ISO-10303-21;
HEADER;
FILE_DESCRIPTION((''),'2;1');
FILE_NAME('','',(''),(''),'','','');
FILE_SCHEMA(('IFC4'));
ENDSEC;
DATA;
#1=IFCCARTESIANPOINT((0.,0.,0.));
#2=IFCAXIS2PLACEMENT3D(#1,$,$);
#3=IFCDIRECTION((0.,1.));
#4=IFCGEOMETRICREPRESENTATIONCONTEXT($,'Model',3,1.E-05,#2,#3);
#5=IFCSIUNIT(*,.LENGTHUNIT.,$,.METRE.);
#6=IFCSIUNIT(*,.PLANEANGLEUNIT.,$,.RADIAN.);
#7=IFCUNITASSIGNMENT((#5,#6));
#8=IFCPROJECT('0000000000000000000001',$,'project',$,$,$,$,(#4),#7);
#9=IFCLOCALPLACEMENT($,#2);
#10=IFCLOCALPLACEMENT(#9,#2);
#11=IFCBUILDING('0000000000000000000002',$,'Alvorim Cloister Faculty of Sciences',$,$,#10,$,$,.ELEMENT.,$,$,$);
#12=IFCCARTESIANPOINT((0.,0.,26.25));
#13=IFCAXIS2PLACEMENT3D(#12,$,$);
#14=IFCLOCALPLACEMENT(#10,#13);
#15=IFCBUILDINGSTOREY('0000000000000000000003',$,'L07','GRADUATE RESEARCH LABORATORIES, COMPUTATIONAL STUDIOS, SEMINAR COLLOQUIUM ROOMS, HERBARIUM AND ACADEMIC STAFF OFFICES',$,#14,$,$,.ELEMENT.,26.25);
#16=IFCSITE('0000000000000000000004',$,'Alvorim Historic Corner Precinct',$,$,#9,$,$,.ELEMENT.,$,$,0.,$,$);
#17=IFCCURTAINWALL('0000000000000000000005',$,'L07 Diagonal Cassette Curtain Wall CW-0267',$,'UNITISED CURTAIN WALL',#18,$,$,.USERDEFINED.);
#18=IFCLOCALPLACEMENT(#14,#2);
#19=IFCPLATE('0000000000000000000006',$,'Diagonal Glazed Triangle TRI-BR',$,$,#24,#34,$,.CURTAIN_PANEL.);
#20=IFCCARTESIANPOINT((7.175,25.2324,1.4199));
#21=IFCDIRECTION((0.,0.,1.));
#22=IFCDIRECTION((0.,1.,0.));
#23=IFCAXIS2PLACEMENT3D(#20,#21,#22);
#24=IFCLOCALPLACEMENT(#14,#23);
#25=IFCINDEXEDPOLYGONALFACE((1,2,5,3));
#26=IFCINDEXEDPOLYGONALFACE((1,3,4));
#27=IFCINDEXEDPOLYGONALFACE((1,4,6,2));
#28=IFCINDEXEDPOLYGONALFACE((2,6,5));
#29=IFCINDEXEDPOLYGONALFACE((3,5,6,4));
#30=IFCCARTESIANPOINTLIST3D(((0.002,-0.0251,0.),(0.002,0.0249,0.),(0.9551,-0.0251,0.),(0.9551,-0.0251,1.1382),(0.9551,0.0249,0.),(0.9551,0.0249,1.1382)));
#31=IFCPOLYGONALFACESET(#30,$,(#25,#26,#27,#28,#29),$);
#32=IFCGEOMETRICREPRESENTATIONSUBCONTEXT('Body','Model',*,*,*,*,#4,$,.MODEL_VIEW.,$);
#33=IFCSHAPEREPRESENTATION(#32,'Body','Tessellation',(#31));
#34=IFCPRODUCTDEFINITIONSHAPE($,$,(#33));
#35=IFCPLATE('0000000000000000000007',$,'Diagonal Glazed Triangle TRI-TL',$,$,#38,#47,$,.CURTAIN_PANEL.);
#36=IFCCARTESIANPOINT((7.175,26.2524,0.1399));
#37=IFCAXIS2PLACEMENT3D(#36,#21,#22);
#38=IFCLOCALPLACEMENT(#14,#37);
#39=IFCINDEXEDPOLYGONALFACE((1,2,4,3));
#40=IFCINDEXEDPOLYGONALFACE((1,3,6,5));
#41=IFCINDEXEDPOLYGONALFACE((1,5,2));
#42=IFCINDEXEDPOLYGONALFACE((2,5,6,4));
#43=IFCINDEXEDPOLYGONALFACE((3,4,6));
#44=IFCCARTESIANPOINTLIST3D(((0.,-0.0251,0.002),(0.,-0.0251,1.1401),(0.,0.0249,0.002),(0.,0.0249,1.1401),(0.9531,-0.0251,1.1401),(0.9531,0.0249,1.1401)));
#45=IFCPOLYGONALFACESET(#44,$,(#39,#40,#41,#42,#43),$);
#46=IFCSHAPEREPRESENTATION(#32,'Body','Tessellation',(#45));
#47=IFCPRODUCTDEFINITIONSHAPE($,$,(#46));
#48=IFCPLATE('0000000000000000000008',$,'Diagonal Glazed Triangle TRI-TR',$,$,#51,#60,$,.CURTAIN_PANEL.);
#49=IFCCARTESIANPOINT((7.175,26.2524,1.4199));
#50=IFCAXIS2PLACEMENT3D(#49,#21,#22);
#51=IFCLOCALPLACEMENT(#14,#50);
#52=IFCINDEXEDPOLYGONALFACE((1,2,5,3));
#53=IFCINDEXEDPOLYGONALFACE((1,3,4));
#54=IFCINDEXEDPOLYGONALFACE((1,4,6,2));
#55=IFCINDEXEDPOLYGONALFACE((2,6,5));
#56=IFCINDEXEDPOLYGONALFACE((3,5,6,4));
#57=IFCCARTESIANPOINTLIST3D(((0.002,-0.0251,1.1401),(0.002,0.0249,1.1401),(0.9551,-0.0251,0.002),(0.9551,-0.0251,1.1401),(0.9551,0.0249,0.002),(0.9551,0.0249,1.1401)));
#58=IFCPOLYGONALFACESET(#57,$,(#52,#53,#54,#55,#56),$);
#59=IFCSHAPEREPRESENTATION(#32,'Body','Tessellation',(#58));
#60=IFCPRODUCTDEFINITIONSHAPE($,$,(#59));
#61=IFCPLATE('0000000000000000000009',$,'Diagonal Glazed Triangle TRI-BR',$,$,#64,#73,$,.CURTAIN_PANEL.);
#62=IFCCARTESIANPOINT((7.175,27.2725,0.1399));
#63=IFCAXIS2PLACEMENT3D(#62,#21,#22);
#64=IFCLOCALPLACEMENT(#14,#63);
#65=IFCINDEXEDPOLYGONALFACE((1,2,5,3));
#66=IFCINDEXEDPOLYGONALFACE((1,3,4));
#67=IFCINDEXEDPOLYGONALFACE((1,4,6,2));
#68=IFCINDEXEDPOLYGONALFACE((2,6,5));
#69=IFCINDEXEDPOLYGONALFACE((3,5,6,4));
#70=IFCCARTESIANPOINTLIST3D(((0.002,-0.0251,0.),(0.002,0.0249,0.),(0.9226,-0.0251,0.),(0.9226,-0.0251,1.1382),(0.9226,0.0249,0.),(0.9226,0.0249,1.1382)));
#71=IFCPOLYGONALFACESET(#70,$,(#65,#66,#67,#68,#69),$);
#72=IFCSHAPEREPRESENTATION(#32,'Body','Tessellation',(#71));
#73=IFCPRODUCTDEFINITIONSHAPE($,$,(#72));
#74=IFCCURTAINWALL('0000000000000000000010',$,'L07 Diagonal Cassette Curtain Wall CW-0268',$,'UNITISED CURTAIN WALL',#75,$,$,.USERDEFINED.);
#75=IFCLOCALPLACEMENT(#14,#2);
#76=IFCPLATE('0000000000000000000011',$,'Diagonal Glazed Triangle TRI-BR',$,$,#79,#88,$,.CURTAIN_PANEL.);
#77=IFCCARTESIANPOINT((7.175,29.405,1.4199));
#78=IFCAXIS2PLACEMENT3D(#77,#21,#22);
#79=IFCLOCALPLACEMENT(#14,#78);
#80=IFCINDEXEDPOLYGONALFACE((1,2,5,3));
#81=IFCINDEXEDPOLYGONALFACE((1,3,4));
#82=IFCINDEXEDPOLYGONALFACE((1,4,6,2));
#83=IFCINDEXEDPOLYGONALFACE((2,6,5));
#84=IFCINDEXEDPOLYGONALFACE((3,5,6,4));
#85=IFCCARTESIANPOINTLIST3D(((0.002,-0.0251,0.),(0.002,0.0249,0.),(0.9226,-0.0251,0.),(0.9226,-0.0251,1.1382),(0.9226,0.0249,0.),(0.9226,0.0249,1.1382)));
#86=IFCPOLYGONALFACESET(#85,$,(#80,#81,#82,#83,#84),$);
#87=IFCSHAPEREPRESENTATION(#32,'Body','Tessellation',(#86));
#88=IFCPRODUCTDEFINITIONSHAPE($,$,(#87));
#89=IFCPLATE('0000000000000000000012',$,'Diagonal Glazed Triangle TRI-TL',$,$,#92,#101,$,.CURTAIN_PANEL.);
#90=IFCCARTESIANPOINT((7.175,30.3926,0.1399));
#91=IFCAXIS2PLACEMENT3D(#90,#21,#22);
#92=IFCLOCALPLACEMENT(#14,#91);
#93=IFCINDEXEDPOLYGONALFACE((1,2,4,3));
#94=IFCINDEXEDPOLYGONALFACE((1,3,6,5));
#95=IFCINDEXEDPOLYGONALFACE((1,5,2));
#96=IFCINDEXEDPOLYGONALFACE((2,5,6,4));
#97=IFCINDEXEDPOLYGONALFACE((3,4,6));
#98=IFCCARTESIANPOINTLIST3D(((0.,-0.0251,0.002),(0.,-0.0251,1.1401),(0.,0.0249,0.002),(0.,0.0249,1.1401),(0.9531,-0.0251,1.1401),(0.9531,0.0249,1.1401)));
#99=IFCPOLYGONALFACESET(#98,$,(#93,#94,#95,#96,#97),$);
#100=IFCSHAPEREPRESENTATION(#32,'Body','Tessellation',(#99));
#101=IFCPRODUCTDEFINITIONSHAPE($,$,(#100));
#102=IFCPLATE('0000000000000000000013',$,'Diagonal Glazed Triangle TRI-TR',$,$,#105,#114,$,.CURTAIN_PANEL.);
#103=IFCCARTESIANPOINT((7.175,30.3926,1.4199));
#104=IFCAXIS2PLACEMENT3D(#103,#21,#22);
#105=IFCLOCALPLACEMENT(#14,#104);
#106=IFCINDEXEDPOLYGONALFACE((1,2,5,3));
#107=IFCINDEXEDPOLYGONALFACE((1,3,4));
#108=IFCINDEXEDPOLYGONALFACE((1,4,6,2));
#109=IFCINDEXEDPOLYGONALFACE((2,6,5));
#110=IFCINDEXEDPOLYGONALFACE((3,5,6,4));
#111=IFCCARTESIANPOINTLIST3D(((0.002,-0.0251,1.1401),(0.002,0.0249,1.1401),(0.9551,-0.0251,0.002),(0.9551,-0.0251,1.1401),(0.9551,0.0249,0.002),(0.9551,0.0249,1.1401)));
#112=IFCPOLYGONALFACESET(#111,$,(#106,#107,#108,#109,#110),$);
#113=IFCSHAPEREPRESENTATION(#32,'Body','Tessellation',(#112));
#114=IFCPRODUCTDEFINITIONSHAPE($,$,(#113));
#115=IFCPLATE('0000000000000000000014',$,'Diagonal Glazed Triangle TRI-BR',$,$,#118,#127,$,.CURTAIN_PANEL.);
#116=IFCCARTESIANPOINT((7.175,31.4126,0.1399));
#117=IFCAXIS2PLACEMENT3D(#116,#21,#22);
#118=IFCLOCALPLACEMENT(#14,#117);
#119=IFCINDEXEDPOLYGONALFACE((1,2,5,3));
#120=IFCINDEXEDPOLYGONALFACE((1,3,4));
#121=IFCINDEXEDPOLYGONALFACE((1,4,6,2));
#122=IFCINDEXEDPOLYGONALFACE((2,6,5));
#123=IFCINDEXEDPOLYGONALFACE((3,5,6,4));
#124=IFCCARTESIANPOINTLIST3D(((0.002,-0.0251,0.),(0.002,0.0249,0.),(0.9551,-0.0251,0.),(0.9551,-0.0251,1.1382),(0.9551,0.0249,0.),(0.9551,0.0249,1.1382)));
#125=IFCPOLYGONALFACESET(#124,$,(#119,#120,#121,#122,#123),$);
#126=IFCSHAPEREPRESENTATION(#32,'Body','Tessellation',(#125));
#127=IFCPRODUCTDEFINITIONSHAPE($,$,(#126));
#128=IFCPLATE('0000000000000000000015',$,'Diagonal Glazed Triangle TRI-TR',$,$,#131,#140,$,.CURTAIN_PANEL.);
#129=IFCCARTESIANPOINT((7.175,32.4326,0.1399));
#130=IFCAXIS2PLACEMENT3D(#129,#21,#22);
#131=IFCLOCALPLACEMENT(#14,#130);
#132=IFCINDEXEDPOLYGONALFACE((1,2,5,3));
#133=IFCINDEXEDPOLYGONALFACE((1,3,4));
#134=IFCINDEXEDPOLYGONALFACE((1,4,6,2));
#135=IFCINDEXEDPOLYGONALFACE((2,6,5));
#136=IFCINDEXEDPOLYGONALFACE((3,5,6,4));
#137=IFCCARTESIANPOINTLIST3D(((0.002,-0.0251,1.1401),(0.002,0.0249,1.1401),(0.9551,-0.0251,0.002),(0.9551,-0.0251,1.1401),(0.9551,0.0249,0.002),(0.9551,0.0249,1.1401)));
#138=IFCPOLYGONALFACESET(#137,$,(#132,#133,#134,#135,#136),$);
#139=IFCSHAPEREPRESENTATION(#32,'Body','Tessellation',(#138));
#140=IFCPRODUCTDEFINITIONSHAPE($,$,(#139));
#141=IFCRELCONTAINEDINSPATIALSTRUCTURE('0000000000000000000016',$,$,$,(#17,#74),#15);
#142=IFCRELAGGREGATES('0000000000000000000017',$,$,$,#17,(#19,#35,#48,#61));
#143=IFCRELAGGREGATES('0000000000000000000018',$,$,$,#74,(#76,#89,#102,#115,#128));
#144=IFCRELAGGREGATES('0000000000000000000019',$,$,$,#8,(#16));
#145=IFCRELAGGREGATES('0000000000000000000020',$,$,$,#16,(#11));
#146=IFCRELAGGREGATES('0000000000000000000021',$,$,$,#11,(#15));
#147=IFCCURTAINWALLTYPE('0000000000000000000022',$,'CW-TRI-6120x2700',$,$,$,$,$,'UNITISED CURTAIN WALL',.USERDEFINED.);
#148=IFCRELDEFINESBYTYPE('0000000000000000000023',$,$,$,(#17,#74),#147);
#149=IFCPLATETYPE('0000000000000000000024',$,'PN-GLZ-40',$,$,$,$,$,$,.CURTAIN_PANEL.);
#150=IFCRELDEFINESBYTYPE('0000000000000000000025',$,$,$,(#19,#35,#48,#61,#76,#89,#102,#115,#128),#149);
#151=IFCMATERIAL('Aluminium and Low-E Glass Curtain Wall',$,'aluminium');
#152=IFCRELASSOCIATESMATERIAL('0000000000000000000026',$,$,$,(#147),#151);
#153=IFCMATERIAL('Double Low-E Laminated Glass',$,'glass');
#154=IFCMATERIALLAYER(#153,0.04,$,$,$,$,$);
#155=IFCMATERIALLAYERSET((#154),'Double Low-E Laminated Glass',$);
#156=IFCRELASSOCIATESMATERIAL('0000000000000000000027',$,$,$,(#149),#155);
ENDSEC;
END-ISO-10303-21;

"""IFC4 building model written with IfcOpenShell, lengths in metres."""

from ifc_helpers import new_model, si_unit, direction, frame, origin, place, context, subcontext, project, spatial, polyline, outline, extrude, material, layer, layer_set, type_object, element, aggregate, save


model = new_model("IFC4")

# Units and contexts
model_context = context("Model", 3, precision=1e-05, world=origin(), true_north=direction((0.0, 1.0)))
body_context = subcontext(model_context, "Body", "Model", "MODEL_VIEW")
ifc_project = project(units=[si_unit("LENGTHUNIT", "METRE"), si_unit("PLANEANGLEUNIT", "RADIAN")], contexts=[model_context])

# Site, building, storey
site_placement = place(None, origin())
site = spatial("IfcSite", under=ifc_project, at=site_placement, Name="Alvorim Historic Corner Precinct", CompositionType="ELEMENT", RefElevation=0.0)
building_placement = place(site_placement, origin())
building = spatial("IfcBuilding", under=site, at=building_placement, Name="Alvorim Cloister Faculty of Sciences", CompositionType="ELEMENT")
storey_placement = place(building_placement, frame((0.0, 0.0, 26.25)))
storey = spatial("IfcBuildingStorey", under=building, at=storey_placement, Name="L07", Description="GRADUATE RESEARCH LABORATORIES, COMPUTATIONAL STUDIOS, SEMINAR COLLOQUIUM ROOMS, HERBARIUM AND ACADEMIC STAFF OFFICES", CompositionType="ELEMENT", Elevation=26.25)

# Curtain wall
ifc_material_1 = material(Name="Aluminium and Low-E Glass Curtain Wall", Category="aluminium")
curtain_wall_type = type_object("IfcCurtainWallType", Name="CW-TRI-6120x2700", ElementType="UNITISED CURTAIN WALL", PredefinedType="USERDEFINED", material=ifc_material_1)
curtain_wall_1_placement = place(storey_placement, origin())
curtain_wall_1 = element("IfcCurtainWall", 1, at=curtain_wall_1_placement, inside=storey, type_object=curtain_wall_type, Name="L07 Diagonal Cassette Curtain Wall CW-0267", ObjectType="UNITISED CURTAIN WALL", PredefinedType="USERDEFINED")

# Plates
ifc_material_2 = material(Name="Double Low-E Laminated Glass", Category="glass")
ifc_layer_1 = layer(ifc_material_2, 0.04)
ifc_layer_set_1 = layer_set([ifc_layer_1], Name="Double Low-E Laminated Glass")
plate_type_1 = type_object("IfcPlateType", Name="PN-GLZ-40", PredefinedType="CURTAIN_PANEL", material=ifc_layer_set_1)
plate_1_placement = place(storey_placement, frame((7.175, 25.2324, 1.4199), z_axis=(0.0, 0.0, 1.0), x_axis=(0.0, 1.0, 0.0)))
plate_1 = element("IfcPlate", 2, at=plate_1_placement, type_object=plate_type_1, Name="Diagonal Glazed Triangle TRI-BR", PredefinedType="CURTAIN_PANEL", context=body_context, shape_type="SweptSolid", body=[
    extrude(outline(polyline([(0.002, 0.0), (0.9551, 0.0), (0.9551, 1.1382), (0.002, 0.0)])), frame((0.0, 0.0249, 0.0), z_axis=(0.0, -1.0, 0.0), x_axis=(1.0, 0.0, 0.0)), (0.0, 0.0, 1.0), 0.05),
])
plate_2_placement = place(storey_placement, frame((7.175, 26.2524, 0.1399), z_axis=(0.0, 0.0, 1.0), x_axis=(0.0, 1.0, 0.0)))
plate_2 = element("IfcPlate", 3, at=plate_2_placement, type_object=plate_type_1, Name="Diagonal Glazed Triangle TRI-TL", PredefinedType="CURTAIN_PANEL", context=body_context, shape_type="SweptSolid", body=[
    extrude(outline(polyline([(0.9531, 1.1401), (0.0, 1.1401), (0.0, 0.002), (0.9531, 1.1401)])), frame((0.0, 0.0249, 0.0), z_axis=(0.0, -1.0, 0.0), x_axis=(1.0, 0.0, 0.0)), (0.0, 0.0, 1.0), 0.05),
])
plate_3_placement = place(storey_placement, frame((7.175, 26.2524, 1.4199), z_axis=(0.0, 0.0, 1.0), x_axis=(0.0, 1.0, 0.0)))
plate_3 = element("IfcPlate", 4, at=plate_3_placement, type_object=plate_type_1, Name="Diagonal Glazed Triangle TRI-TR", PredefinedType="CURTAIN_PANEL", context=body_context, shape_type="SweptSolid", body=[
    extrude(outline(polyline([(0.9551, 0.002), (0.9551, 1.1401), (0.002, 1.1401), (0.9551, 0.002)])), frame((0.0, 0.0249, 0.0), z_axis=(0.0, -1.0, 0.0), x_axis=(1.0, 0.0, 0.0)), (0.0, 0.0, 1.0), 0.05),
])
plate_4_placement = place(storey_placement, frame((7.175, 27.2725, 0.1399), z_axis=(0.0, 0.0, 1.0), x_axis=(0.0, 1.0, 0.0)))
plate_4 = element("IfcPlate", 5, at=plate_4_placement, type_object=plate_type_1, Name="Diagonal Glazed Triangle TRI-BR", PredefinedType="CURTAIN_PANEL", context=body_context, shape_type="SweptSolid", body=[
    extrude(outline(polyline([(0.002, 0.0), (0.9226, 0.0), (0.9226, 1.1382), (0.002, 0.0)])), frame((0.0, 0.0249, 0.0), z_axis=(0.0, -1.0, 0.0), x_axis=(1.0, 0.0, 0.0)), (0.0, 0.0, 1.0), 0.05),
])
aggregate(curtain_wall_1, [plate_1, plate_2, plate_3, plate_4])

# Curtain wall, plates
curtain_wall_2_placement = place(storey_placement, origin())
curtain_wall_2 = element("IfcCurtainWall", 6, at=curtain_wall_2_placement, inside=storey, type_object=curtain_wall_type, Name="L07 Diagonal Cassette Curtain Wall CW-0268", ObjectType="UNITISED CURTAIN WALL", PredefinedType="USERDEFINED")
plate_5_placement = place(storey_placement, frame((7.175, 29.405, 1.4199), z_axis=(0.0, 0.0, 1.0), x_axis=(0.0, 1.0, 0.0)))
plate_5 = element("IfcPlate", 7, at=plate_5_placement, type_object=plate_type_1, Name="Diagonal Glazed Triangle TRI-BR", PredefinedType="CURTAIN_PANEL", context=body_context, shape_type="SweptSolid", body=[
    extrude(outline(polyline([(0.002, 0.0), (0.9226, 0.0), (0.9226, 1.1382), (0.002, 0.0)])), frame((0.0, 0.0249, 0.0), z_axis=(0.0, -1.0, 0.0), x_axis=(1.0, 0.0, 0.0)), (0.0, 0.0, 1.0), 0.05),
])
plate_6_placement = place(storey_placement, frame((7.175, 30.3926, 0.1399), z_axis=(0.0, 0.0, 1.0), x_axis=(0.0, 1.0, 0.0)))
plate_6 = element("IfcPlate", 8, at=plate_6_placement, type_object=plate_type_1, Name="Diagonal Glazed Triangle TRI-TL", PredefinedType="CURTAIN_PANEL", context=body_context, shape_type="SweptSolid", body=[
    extrude(outline(polyline([(0.9531, 1.1401), (0.0, 1.1401), (0.0, 0.002), (0.9531, 1.1401)])), frame((0.0, 0.0249, 0.0), z_axis=(0.0, -1.0, 0.0), x_axis=(1.0, 0.0, 0.0)), (0.0, 0.0, 1.0), 0.05),
])
plate_7_placement = place(storey_placement, frame((7.175, 30.3926, 1.4199), z_axis=(0.0, 0.0, 1.0), x_axis=(0.0, 1.0, 0.0)))
plate_7 = element("IfcPlate", 9, at=plate_7_placement, type_object=plate_type_1, Name="Diagonal Glazed Triangle TRI-TR", PredefinedType="CURTAIN_PANEL", context=body_context, shape_type="SweptSolid", body=[
    extrude(outline(polyline([(0.9551, 0.002), (0.9551, 1.1401), (0.002, 1.1401), (0.9551, 0.002)])), frame((0.0, 0.0249, 0.0), z_axis=(0.0, -1.0, 0.0), x_axis=(1.0, 0.0, 0.0)), (0.0, 0.0, 1.0), 0.05),
])
plate_8_placement = place(storey_placement, frame((7.175, 31.4126, 0.1399), z_axis=(0.0, 0.0, 1.0), x_axis=(0.0, 1.0, 0.0)))
plate_8 = element("IfcPlate", 10, at=plate_8_placement, type_object=plate_type_1, Name="Diagonal Glazed Triangle TRI-BR", PredefinedType="CURTAIN_PANEL", context=body_context, shape_type="SweptSolid", body=[
    extrude(outline(polyline([(0.002, 0.0), (0.9551, 0.0), (0.9551, 1.1382), (0.002, 0.0)])), frame((0.0, 0.0249, 0.0), z_axis=(0.0, -1.0, 0.0), x_axis=(1.0, 0.0, 0.0)), (0.0, 0.0, 1.0), 0.05),
])
plate_9_placement = place(storey_placement, frame((7.175, 32.4326, 0.1399), z_axis=(0.0, 0.0, 1.0), x_axis=(0.0, 1.0, 0.0)))
plate_9 = element("IfcPlate", 11, at=plate_9_placement, type_object=plate_type_1, Name="Diagonal Glazed Triangle TRI-TR", PredefinedType="CURTAIN_PANEL", context=body_context, shape_type="SweptSolid", body=[
    extrude(outline(polyline([(0.9551, 0.002), (0.9551, 1.1401), (0.002, 1.1401), (0.9551, 0.002)])), frame((0.0, 0.0249, 0.0), z_axis=(0.0, -1.0, 0.0), x_axis=(1.0, 0.0, 0.0)), (0.0, 0.0, 1.0), 0.05),
])
aggregate(curtain_wall_2, [plate_5, plate_6, plate_7, plate_8, plate_9])

save(model, "model.ifc")
